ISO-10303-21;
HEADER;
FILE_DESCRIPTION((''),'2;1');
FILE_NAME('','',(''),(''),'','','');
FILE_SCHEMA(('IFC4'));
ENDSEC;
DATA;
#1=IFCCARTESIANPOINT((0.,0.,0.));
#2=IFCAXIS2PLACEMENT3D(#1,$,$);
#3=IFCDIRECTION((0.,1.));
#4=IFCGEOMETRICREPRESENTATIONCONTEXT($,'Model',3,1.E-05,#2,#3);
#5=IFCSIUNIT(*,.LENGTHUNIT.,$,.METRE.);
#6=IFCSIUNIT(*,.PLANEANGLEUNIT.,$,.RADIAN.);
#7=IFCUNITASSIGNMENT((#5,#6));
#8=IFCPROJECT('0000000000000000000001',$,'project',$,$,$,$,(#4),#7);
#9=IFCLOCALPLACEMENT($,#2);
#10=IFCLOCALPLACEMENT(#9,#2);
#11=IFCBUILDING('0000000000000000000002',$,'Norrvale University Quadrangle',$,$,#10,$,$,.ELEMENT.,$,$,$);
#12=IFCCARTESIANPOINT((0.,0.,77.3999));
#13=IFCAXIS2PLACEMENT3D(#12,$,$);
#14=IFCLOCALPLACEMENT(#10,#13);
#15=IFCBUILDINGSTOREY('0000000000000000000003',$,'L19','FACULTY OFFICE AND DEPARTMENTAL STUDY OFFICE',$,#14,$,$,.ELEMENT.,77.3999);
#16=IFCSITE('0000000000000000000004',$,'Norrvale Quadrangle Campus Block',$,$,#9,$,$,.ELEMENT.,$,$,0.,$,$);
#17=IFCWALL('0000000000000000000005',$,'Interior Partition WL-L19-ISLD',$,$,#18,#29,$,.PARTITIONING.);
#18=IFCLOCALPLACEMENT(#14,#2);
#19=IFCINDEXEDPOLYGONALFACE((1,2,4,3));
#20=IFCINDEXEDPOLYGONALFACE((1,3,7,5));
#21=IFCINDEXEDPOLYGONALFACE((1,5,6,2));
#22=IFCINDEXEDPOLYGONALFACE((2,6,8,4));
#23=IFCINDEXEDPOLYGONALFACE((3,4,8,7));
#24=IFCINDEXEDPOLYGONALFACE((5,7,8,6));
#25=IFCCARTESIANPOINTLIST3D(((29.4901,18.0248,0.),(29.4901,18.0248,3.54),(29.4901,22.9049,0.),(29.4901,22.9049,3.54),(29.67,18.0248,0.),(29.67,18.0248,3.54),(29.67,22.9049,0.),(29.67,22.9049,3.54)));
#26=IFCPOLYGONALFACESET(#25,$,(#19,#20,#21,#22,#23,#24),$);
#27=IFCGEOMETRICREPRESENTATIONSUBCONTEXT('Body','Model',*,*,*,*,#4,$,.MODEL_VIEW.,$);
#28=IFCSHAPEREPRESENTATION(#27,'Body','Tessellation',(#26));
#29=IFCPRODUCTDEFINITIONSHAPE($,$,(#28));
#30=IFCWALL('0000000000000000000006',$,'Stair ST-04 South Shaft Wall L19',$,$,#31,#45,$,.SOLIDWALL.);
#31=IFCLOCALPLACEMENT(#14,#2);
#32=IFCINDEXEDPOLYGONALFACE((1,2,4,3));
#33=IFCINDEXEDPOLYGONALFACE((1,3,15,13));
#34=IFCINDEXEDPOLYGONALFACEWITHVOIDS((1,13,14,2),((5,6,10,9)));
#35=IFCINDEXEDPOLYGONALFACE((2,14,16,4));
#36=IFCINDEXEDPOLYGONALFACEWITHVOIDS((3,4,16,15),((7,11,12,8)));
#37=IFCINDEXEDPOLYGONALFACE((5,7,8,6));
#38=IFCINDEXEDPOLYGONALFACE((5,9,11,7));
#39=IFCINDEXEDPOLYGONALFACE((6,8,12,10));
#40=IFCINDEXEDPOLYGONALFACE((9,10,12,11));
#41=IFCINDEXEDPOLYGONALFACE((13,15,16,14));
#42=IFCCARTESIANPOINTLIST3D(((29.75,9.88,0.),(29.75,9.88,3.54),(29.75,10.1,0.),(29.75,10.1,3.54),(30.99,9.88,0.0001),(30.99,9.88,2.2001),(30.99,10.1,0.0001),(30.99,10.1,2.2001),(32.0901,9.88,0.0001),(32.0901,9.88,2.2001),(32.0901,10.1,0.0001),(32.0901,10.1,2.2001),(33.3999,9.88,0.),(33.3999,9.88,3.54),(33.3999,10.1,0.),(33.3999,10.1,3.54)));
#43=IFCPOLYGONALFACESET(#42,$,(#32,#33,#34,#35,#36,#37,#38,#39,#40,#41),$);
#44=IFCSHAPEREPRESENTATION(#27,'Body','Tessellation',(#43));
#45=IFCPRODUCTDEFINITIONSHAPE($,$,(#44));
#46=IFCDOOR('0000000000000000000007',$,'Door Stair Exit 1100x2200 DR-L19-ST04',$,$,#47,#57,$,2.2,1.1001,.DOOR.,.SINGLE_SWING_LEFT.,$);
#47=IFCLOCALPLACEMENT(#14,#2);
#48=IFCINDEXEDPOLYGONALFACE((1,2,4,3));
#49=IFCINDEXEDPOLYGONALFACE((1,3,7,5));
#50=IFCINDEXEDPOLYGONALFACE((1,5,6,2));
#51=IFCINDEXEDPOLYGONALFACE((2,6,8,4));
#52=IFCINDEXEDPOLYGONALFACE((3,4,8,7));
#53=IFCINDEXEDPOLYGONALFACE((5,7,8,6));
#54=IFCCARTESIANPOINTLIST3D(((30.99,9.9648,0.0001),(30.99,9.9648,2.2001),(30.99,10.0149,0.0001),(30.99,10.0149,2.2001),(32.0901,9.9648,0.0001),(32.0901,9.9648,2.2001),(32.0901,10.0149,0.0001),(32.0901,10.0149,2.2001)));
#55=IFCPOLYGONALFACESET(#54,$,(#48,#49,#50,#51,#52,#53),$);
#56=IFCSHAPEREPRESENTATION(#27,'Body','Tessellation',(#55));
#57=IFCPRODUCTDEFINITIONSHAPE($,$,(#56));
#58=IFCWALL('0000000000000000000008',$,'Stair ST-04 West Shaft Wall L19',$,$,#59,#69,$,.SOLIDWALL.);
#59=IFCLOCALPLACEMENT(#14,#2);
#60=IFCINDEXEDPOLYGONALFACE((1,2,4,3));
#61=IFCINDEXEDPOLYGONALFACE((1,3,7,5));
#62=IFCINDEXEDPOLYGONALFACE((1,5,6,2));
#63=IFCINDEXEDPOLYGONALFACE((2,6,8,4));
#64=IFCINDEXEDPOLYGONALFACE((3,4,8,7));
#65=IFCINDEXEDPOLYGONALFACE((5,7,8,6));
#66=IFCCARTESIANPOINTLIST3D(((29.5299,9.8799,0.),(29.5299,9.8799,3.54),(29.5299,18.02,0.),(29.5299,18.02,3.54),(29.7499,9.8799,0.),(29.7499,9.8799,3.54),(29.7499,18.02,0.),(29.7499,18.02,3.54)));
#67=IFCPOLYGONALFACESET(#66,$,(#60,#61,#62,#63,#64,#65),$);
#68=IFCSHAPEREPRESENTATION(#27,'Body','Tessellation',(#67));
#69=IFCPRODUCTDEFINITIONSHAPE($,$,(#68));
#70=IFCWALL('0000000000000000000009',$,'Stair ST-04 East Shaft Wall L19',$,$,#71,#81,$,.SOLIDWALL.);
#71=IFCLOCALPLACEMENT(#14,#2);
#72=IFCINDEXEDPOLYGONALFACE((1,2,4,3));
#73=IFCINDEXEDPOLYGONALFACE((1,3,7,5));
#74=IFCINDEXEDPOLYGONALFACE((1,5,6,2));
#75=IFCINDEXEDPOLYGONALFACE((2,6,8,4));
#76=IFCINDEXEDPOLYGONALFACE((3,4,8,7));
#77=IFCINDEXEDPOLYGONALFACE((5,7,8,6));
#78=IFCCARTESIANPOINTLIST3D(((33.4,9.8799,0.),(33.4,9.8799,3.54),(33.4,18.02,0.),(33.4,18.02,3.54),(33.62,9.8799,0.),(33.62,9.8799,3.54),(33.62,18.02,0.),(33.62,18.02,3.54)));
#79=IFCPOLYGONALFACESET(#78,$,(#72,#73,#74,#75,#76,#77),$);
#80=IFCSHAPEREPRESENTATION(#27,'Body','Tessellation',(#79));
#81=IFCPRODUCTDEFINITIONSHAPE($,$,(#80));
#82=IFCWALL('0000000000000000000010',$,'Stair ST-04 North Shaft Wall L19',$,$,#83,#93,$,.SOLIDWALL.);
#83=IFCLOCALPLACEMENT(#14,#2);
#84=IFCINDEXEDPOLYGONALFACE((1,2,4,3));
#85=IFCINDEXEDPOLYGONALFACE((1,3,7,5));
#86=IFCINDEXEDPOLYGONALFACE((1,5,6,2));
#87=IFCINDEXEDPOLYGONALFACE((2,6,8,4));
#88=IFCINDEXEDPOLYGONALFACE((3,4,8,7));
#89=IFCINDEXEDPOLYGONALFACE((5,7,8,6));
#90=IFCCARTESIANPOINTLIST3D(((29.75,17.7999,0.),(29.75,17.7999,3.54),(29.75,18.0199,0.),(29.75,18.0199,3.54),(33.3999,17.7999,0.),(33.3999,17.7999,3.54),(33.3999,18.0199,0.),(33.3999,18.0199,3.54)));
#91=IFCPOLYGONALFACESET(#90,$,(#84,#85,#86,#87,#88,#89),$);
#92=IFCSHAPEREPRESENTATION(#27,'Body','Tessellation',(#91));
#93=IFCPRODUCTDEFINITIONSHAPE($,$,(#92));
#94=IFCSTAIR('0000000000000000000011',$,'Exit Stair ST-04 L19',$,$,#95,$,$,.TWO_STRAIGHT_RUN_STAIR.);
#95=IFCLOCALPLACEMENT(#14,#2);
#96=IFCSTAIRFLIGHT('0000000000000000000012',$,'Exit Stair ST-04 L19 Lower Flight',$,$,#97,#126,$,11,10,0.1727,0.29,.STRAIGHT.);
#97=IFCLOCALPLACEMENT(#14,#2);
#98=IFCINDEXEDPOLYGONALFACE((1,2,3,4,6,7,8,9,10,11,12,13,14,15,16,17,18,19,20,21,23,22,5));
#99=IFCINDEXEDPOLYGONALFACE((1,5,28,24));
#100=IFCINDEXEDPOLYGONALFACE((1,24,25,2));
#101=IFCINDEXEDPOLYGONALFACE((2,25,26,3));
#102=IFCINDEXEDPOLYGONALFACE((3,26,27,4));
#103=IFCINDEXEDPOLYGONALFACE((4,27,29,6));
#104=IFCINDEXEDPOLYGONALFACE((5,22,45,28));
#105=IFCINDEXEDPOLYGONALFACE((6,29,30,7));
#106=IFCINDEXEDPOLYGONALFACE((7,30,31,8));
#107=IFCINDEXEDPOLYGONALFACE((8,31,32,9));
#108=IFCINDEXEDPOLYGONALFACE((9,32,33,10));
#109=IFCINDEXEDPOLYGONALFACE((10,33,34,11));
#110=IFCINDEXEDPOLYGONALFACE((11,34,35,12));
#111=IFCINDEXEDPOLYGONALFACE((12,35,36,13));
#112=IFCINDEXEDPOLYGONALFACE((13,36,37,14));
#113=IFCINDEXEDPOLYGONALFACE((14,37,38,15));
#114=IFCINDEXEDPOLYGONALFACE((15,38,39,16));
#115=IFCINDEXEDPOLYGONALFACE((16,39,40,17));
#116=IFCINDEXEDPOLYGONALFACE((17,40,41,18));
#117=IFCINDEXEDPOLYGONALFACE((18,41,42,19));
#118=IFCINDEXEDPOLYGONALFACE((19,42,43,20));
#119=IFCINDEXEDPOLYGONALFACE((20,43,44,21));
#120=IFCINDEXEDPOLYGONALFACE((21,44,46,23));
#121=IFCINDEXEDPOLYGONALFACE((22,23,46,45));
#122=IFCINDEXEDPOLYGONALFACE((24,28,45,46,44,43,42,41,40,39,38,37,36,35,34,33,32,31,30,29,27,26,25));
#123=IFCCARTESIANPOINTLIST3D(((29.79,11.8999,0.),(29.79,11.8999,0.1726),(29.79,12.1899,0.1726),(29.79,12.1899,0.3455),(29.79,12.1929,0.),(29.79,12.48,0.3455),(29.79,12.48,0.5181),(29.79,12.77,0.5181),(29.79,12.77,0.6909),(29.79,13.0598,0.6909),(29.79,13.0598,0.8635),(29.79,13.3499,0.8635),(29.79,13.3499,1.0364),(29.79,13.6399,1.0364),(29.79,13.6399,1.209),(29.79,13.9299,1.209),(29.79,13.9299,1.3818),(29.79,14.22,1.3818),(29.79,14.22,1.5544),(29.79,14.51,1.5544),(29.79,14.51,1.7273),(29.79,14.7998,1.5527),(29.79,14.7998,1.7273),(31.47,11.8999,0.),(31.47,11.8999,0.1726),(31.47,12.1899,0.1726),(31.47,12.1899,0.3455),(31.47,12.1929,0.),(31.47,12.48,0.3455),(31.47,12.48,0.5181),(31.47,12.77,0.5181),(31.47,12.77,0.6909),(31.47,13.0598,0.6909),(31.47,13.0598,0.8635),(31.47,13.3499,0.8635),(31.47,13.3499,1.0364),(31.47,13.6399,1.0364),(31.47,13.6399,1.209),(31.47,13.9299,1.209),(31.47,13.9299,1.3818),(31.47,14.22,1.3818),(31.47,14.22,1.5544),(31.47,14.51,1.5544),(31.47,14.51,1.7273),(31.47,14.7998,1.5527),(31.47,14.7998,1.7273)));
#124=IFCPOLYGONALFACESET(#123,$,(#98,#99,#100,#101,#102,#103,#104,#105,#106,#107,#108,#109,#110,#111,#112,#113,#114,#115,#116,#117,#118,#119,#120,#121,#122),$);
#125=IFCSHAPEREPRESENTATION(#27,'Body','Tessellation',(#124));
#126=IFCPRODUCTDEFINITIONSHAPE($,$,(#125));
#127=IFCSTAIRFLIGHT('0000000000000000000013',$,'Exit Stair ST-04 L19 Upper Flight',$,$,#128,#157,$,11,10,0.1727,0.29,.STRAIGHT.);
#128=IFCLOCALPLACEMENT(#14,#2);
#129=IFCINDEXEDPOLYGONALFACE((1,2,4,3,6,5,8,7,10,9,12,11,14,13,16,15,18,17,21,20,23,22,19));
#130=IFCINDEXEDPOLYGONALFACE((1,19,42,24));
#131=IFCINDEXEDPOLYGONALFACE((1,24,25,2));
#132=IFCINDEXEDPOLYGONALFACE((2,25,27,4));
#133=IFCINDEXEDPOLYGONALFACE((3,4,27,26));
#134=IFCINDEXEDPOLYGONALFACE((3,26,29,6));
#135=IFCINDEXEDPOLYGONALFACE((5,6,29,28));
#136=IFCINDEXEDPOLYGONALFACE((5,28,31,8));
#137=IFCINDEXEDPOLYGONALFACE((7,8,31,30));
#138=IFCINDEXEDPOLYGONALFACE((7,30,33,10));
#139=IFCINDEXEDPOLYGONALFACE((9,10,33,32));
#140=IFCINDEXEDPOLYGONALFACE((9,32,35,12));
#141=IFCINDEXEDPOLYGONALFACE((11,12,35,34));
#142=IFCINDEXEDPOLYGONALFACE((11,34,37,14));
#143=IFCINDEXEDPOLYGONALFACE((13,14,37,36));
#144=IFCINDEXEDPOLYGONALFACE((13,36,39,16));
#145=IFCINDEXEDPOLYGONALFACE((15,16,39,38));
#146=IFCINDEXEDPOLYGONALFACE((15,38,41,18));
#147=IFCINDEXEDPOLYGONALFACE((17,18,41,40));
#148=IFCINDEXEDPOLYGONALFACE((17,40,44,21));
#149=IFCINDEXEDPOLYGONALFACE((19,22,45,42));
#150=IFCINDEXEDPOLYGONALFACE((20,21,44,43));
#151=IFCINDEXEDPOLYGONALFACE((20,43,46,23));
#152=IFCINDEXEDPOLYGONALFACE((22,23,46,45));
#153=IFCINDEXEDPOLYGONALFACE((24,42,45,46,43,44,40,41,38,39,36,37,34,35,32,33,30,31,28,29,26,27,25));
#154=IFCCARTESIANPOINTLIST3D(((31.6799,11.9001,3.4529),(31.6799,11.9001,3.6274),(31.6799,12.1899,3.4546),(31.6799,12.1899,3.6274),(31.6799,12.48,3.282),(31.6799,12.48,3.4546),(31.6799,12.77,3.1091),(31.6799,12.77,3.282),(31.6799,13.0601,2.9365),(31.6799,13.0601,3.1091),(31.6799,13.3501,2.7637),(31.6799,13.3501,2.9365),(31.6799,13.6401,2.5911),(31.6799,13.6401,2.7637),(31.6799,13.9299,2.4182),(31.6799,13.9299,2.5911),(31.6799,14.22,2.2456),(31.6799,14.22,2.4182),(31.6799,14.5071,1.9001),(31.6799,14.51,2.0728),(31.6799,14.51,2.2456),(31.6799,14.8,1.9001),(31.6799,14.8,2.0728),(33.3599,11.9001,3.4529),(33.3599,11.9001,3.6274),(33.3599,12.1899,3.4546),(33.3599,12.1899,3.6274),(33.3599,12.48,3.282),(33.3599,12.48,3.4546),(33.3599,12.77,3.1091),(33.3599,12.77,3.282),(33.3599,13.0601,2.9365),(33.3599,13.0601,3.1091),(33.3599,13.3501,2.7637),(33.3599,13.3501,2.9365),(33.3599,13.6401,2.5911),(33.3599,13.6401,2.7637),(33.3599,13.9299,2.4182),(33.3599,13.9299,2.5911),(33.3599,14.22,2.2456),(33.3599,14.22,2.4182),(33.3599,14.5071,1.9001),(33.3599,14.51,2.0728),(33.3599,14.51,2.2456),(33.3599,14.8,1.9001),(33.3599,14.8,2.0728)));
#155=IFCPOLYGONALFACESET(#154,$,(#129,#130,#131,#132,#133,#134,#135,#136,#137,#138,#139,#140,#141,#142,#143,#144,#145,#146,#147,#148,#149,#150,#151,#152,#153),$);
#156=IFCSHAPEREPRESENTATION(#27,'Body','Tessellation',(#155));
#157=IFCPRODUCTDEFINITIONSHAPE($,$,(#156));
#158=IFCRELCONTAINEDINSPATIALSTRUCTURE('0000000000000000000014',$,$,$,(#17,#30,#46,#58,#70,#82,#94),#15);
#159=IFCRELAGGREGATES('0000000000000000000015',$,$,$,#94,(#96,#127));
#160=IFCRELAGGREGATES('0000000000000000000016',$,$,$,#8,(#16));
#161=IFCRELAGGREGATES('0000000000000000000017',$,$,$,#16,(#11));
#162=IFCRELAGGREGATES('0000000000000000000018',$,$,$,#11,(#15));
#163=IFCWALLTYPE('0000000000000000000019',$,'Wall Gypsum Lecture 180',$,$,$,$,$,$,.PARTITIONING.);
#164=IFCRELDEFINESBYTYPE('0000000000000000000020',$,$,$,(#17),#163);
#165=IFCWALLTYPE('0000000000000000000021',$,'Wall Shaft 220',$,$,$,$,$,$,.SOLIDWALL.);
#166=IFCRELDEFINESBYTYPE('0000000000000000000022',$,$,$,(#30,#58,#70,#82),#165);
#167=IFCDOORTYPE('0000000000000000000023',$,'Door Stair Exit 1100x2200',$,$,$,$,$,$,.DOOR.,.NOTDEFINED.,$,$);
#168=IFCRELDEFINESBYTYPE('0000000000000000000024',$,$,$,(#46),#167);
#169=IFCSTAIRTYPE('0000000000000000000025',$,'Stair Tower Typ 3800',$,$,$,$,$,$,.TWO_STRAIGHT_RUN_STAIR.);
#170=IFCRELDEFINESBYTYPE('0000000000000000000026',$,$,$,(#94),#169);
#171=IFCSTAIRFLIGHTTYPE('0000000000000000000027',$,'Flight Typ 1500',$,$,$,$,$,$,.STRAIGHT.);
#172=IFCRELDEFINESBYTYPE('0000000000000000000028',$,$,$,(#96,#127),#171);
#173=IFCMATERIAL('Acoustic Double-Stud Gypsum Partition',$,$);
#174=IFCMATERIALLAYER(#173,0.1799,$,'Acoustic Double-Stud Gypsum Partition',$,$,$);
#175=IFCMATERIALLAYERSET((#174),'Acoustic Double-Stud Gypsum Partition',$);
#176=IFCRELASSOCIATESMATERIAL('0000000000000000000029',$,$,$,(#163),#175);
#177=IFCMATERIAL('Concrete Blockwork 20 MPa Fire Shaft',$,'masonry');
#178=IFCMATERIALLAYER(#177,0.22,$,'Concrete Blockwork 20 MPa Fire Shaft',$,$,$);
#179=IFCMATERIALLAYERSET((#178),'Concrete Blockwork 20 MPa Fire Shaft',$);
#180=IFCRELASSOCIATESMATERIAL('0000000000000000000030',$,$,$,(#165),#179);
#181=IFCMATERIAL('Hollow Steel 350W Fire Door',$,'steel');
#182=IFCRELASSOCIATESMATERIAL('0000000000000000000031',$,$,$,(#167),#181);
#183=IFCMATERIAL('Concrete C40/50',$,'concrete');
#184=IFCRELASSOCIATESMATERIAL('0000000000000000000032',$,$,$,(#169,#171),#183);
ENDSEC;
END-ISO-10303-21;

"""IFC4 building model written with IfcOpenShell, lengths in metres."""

from ifc_helpers import new_model, si_unit, direction, frame, frame_2d, origin, place, context, subcontext, project, spatial, polyline, rectangle, outline, extrude, material, layer, layer_set, type_object, element, fill, aggregate, save


model = new_model("IFC4")

# Units and contexts
model_context = context("Model", 3, precision=1e-05, world=origin(), true_north=direction((0.0, 1.0)))
body_context = subcontext(model_context, "Body", "Model", "MODEL_VIEW")
ifc_project = project(units=[si_unit("LENGTHUNIT", "METRE"), si_unit("PLANEANGLEUNIT", "RADIAN")], contexts=[model_context])

# Site, building, storey
site_placement = place(None, origin())
site = spatial("IfcSite", under=ifc_project, at=site_placement, Name="Norrvale Quadrangle Campus Block", CompositionType="ELEMENT", RefElevation=0.0)
building_placement = place(site_placement, origin())
building = spatial("IfcBuilding", under=site, at=building_placement, Name="Norrvale University Quadrangle", CompositionType="ELEMENT")
storey_placement = place(building_placement, frame((0.0, 0.0, 77.3999)))
storey = spatial("IfcBuildingStorey", under=building, at=storey_placement, Name="L19", Description="FACULTY OFFICE AND DEPARTMENTAL STUDY OFFICE", CompositionType="ELEMENT", Elevation=77.3999)

# Wall
ifc_material_1 = material(Name="Acoustic Double-Stud Gypsum Partition")
ifc_layer_1 = layer(ifc_material_1, 0.1799, Name="Acoustic Double-Stud Gypsum Partition")
ifc_layer_set_1 = layer_set([ifc_layer_1], Name="Acoustic Double-Stud Gypsum Partition")
wall_type_1 = type_object("IfcWallType", Name="Wall Gypsum Lecture 180", PredefinedType="PARTITIONING", material=ifc_layer_set_1)
wall_1_placement = place(storey_placement, frame((29.5801, 18.0249, 0.0), z_axis=(0.0, 0.0, 1.0), x_axis=(0.0, 1.0, 0.0)))
element("IfcWall", 1, at=wall_1_placement, inside=storey, type_object=wall_type_1, Name="Interior Partition WL-L19-ISLD", PredefinedType="PARTITIONING", context=body_context, shape_type="SweptSolid", body=[
    extrude(rectangle(XDim=4.8801, YDim=0.1799, at=frame_2d((2.4399, 0.0))), origin(), (0.0, 0.0, 1.0), 3.54),
])

# Wall, opening, door
ifc_material_2 = material(Name="Concrete Blockwork 20 MPa Fire Shaft", Category="masonry")
ifc_layer_2 = layer(ifc_material_2, 0.22, Name="Concrete Blockwork 20 MPa Fire Shaft")
ifc_layer_set_2 = layer_set([ifc_layer_2], Name="Concrete Blockwork 20 MPa Fire Shaft")
wall_type_2 = type_object("IfcWallType", Name="Wall Shaft 220", PredefinedType="SOLIDWALL", material=ifc_layer_set_2)
wall_2_placement = place(storey_placement, frame((29.75, 9.99, 0.0), z_axis=(0.0, 0.0, 1.0), x_axis=(1.0, 0.0, 0.0)))
wall_2 = element("IfcWall", 2, at=wall_2_placement, inside=storey, type_object=wall_type_2, Name="Stair ST-04 South Shaft Wall L19", PredefinedType="SOLIDWALL", context=body_context, shape_type="SweptSolid", body=[
    extrude(rectangle(XDim=3.6499, YDim=0.22, at=frame_2d((1.825, 0.0))), origin(), (0.0, 0.0, 1.0), 3.54),
])
opening_placement = place(wall_2_placement, frame((1.24, 0.0, 0.0)))
opening = element("IfcOpeningElement", 3, at=opening_placement, cuts=wall_2, PredefinedType="OPENING", context=body_context, shape_type="SweptSolid", body=[
    extrude(rectangle(XDim=1.1001, YDim=2.2, at=frame_2d((0.55, 1.1001))), frame((0.0, 0.1221, 0.0), z_axis=(0.0, -1.0, 0.0), x_axis=(1.0, 0.0, 0.0)), (0.0, 0.0, 1.0), 0.2439),
])
ifc_material_3 = material(Name="Hollow Steel 350W Fire Door", Category="steel")
door_type = type_object("IfcDoorType", Name="Door Stair Exit 1100x2200", OperationType="NOTDEFINED", PredefinedType="DOOR", material=ifc_material_3)
door_placement = place(opening_placement, origin())
door = element("IfcDoor", 4, at=door_placement, inside=storey, type_object=door_type, Name="Door Stair Exit 1100x2200 DR-L19-ST04", OperationType="SINGLE_SWING_LEFT", OverallHeight=2.2, OverallWidth=1.1001, PredefinedType="DOOR", context=body_context, shape_type="SweptSolid", body=[
    extrude(rectangle(XDim=1.1001, YDim=2.2, at=frame_2d((0.55, 1.1001))), frame((0.0, 0.0249, 0.0), z_axis=(0.0, -1.0, 0.0), x_axis=(1.0, 0.0, 0.0)), (0.0, 0.0, 1.0), 0.05),
])
fill(opening, door)

# Walls
for number, where, z_axis, x_axis, name in (
    (5, (29.6399, 9.8799, 0.0), (0.0, 0.0, 1.0), (0.0, 1.0, 0.0), "Stair ST-04 West Shaft Wall L19"),
    (6, (33.51, 9.8799, 0.0), (0.0, 0.0, 1.0), (0.0, 1.0, 0.0), "Stair ST-04 East Shaft Wall L19"),
):
    element("IfcWall", number, at=place(storey_placement, frame(where, z_axis=z_axis, x_axis=x_axis)), inside=storey, type_object=wall_type_2, Name=name, PredefinedType="SOLIDWALL", context=body_context, shape_type="SweptSolid", body=[
        extrude(rectangle(XDim=8.1401, YDim=0.22, at=frame_2d((4.0701, 0.0))), origin(), (0.0, 0.0, 1.0), 3.54),
    ])
wall_3_placement = place(storey_placement, frame((29.75, 17.9099, 0.0), z_axis=(0.0, 0.0, 1.0), x_axis=(1.0, 0.0, 0.0)))
element("IfcWall", 7, at=wall_3_placement, inside=storey, type_object=wall_type_2, Name="Stair ST-04 North Shaft Wall L19", PredefinedType="SOLIDWALL", context=body_context, shape_type="SweptSolid", body=[
    extrude(rectangle(XDim=3.6499, YDim=0.22, at=frame_2d((1.825, 0.0))), origin(), (0.0, 0.0, 1.0), 3.54),
])

# Stair, stair flights
ifc_material_4 = material(Name="Concrete C40/50", Category="concrete")
stair_type = type_object("IfcStairType", Name="Stair Tower Typ 3800", PredefinedType="TWO_STRAIGHT_RUN_STAIR", material=ifc_material_4)
stair_placement = place(storey_placement, origin())
stair = element("IfcStair", 8, at=stair_placement, inside=storey, type_object=stair_type, Name="Exit Stair ST-04 L19", PredefinedType="TWO_STRAIGHT_RUN_STAIR")
stair_flight_type = type_object("IfcStairFlightType", Name="Flight Typ 1500", PredefinedType="STRAIGHT", material=ifc_material_4)
stair_flight_1_placement = place(storey_placement, frame((30.6299, 11.8999, 0.0), z_axis=(0.0, 0.0, 1.0), x_axis=(0.0, 1.0, 0.0)))
stair_flight_1 = element("IfcStairFlight", 9, at=stair_flight_1_placement, type_object=stair_flight_type, Name="Exit Stair ST-04 L19 Lower Flight", NumberOfRisers=11, NumberOfTreads=10, PredefinedType="STRAIGHT", RiserHeight=0.1727, TreadLength=0.29, context=body_context, shape_type="SweptSolid", body=[
    extrude(outline(polyline([(0.0, 0.0), (0.0, 0.1726), (0.29, 0.1726), (0.29, 0.3455), (0.5801, 0.3455), (0.5801, 0.5181), (0.8701, 0.5181), (0.8701, 0.6909), (1.1599, 0.6909), (1.1599, 0.8635), (1.45, 0.8635), (1.45, 1.0364), (1.74, 1.0364), (1.74, 1.209), (2.03, 1.209), (2.03, 1.3818), (2.3201, 1.3818), (2.3201, 1.5544), (2.6101, 1.5544), (2.6101, 1.7273), (2.8999, 1.7273), (2.8999, 1.8999), (2.8999, 1.5527), (0.293, 0.0), (0.0, 0.0)])), frame((0.0, 0.8398, 0.0), z_axis=(0.0, -1.0, 0.0), x_axis=(1.0, 0.0, 0.0)), (0.0, 0.0, 1.0), 1.6799),
])
stair_flight_2_placement = place(storey_placement, frame((32.52, 14.8, 1.9001), z_axis=(0.0, 0.0, 1.0), x_axis=(0.0, -1.0, 0.0)))
stair_flight_2 = element("IfcStairFlight", 10, at=stair_flight_2_placement, type_object=stair_flight_type, Name="Exit Stair ST-04 L19 Upper Flight", NumberOfRisers=11, NumberOfTreads=10, PredefinedType="STRAIGHT", RiserHeight=0.1727, TreadLength=0.29, context=body_context, shape_type="SweptSolid", body=[
    extrude(outline(polyline([(0.0, 0.0), (0.0, 0.1726), (0.29, 0.1726), (0.29, 0.3455), (0.5801, 0.3455), (0.5801, 0.5181), (0.8701, 0.5181), (0.8701, 0.6909), (1.1599, 0.6909), (1.1599, 0.8635), (1.45, 0.8635), (1.45, 1.0364), (1.74, 1.0364), (1.74, 1.209), (2.03, 1.209), (2.03, 1.3818), (2.3201, 1.3818), (2.3201, 1.5544), (2.6101, 1.5544), (2.6101, 1.7273), (2.8999, 1.7273), (2.8999, 1.8999), (2.8999, 1.5527), (0.293, 0.0), (0.0, 0.0)])), frame((0.0, 0.8398, 0.0), z_axis=(0.0, -1.0, 0.0), x_axis=(1.0, 0.0, 0.0)), (0.0, 0.0, 1.0), 1.6799),
])
aggregate(stair, [stair_flight_1, stair_flight_2])

save(model, "model.ifc")
